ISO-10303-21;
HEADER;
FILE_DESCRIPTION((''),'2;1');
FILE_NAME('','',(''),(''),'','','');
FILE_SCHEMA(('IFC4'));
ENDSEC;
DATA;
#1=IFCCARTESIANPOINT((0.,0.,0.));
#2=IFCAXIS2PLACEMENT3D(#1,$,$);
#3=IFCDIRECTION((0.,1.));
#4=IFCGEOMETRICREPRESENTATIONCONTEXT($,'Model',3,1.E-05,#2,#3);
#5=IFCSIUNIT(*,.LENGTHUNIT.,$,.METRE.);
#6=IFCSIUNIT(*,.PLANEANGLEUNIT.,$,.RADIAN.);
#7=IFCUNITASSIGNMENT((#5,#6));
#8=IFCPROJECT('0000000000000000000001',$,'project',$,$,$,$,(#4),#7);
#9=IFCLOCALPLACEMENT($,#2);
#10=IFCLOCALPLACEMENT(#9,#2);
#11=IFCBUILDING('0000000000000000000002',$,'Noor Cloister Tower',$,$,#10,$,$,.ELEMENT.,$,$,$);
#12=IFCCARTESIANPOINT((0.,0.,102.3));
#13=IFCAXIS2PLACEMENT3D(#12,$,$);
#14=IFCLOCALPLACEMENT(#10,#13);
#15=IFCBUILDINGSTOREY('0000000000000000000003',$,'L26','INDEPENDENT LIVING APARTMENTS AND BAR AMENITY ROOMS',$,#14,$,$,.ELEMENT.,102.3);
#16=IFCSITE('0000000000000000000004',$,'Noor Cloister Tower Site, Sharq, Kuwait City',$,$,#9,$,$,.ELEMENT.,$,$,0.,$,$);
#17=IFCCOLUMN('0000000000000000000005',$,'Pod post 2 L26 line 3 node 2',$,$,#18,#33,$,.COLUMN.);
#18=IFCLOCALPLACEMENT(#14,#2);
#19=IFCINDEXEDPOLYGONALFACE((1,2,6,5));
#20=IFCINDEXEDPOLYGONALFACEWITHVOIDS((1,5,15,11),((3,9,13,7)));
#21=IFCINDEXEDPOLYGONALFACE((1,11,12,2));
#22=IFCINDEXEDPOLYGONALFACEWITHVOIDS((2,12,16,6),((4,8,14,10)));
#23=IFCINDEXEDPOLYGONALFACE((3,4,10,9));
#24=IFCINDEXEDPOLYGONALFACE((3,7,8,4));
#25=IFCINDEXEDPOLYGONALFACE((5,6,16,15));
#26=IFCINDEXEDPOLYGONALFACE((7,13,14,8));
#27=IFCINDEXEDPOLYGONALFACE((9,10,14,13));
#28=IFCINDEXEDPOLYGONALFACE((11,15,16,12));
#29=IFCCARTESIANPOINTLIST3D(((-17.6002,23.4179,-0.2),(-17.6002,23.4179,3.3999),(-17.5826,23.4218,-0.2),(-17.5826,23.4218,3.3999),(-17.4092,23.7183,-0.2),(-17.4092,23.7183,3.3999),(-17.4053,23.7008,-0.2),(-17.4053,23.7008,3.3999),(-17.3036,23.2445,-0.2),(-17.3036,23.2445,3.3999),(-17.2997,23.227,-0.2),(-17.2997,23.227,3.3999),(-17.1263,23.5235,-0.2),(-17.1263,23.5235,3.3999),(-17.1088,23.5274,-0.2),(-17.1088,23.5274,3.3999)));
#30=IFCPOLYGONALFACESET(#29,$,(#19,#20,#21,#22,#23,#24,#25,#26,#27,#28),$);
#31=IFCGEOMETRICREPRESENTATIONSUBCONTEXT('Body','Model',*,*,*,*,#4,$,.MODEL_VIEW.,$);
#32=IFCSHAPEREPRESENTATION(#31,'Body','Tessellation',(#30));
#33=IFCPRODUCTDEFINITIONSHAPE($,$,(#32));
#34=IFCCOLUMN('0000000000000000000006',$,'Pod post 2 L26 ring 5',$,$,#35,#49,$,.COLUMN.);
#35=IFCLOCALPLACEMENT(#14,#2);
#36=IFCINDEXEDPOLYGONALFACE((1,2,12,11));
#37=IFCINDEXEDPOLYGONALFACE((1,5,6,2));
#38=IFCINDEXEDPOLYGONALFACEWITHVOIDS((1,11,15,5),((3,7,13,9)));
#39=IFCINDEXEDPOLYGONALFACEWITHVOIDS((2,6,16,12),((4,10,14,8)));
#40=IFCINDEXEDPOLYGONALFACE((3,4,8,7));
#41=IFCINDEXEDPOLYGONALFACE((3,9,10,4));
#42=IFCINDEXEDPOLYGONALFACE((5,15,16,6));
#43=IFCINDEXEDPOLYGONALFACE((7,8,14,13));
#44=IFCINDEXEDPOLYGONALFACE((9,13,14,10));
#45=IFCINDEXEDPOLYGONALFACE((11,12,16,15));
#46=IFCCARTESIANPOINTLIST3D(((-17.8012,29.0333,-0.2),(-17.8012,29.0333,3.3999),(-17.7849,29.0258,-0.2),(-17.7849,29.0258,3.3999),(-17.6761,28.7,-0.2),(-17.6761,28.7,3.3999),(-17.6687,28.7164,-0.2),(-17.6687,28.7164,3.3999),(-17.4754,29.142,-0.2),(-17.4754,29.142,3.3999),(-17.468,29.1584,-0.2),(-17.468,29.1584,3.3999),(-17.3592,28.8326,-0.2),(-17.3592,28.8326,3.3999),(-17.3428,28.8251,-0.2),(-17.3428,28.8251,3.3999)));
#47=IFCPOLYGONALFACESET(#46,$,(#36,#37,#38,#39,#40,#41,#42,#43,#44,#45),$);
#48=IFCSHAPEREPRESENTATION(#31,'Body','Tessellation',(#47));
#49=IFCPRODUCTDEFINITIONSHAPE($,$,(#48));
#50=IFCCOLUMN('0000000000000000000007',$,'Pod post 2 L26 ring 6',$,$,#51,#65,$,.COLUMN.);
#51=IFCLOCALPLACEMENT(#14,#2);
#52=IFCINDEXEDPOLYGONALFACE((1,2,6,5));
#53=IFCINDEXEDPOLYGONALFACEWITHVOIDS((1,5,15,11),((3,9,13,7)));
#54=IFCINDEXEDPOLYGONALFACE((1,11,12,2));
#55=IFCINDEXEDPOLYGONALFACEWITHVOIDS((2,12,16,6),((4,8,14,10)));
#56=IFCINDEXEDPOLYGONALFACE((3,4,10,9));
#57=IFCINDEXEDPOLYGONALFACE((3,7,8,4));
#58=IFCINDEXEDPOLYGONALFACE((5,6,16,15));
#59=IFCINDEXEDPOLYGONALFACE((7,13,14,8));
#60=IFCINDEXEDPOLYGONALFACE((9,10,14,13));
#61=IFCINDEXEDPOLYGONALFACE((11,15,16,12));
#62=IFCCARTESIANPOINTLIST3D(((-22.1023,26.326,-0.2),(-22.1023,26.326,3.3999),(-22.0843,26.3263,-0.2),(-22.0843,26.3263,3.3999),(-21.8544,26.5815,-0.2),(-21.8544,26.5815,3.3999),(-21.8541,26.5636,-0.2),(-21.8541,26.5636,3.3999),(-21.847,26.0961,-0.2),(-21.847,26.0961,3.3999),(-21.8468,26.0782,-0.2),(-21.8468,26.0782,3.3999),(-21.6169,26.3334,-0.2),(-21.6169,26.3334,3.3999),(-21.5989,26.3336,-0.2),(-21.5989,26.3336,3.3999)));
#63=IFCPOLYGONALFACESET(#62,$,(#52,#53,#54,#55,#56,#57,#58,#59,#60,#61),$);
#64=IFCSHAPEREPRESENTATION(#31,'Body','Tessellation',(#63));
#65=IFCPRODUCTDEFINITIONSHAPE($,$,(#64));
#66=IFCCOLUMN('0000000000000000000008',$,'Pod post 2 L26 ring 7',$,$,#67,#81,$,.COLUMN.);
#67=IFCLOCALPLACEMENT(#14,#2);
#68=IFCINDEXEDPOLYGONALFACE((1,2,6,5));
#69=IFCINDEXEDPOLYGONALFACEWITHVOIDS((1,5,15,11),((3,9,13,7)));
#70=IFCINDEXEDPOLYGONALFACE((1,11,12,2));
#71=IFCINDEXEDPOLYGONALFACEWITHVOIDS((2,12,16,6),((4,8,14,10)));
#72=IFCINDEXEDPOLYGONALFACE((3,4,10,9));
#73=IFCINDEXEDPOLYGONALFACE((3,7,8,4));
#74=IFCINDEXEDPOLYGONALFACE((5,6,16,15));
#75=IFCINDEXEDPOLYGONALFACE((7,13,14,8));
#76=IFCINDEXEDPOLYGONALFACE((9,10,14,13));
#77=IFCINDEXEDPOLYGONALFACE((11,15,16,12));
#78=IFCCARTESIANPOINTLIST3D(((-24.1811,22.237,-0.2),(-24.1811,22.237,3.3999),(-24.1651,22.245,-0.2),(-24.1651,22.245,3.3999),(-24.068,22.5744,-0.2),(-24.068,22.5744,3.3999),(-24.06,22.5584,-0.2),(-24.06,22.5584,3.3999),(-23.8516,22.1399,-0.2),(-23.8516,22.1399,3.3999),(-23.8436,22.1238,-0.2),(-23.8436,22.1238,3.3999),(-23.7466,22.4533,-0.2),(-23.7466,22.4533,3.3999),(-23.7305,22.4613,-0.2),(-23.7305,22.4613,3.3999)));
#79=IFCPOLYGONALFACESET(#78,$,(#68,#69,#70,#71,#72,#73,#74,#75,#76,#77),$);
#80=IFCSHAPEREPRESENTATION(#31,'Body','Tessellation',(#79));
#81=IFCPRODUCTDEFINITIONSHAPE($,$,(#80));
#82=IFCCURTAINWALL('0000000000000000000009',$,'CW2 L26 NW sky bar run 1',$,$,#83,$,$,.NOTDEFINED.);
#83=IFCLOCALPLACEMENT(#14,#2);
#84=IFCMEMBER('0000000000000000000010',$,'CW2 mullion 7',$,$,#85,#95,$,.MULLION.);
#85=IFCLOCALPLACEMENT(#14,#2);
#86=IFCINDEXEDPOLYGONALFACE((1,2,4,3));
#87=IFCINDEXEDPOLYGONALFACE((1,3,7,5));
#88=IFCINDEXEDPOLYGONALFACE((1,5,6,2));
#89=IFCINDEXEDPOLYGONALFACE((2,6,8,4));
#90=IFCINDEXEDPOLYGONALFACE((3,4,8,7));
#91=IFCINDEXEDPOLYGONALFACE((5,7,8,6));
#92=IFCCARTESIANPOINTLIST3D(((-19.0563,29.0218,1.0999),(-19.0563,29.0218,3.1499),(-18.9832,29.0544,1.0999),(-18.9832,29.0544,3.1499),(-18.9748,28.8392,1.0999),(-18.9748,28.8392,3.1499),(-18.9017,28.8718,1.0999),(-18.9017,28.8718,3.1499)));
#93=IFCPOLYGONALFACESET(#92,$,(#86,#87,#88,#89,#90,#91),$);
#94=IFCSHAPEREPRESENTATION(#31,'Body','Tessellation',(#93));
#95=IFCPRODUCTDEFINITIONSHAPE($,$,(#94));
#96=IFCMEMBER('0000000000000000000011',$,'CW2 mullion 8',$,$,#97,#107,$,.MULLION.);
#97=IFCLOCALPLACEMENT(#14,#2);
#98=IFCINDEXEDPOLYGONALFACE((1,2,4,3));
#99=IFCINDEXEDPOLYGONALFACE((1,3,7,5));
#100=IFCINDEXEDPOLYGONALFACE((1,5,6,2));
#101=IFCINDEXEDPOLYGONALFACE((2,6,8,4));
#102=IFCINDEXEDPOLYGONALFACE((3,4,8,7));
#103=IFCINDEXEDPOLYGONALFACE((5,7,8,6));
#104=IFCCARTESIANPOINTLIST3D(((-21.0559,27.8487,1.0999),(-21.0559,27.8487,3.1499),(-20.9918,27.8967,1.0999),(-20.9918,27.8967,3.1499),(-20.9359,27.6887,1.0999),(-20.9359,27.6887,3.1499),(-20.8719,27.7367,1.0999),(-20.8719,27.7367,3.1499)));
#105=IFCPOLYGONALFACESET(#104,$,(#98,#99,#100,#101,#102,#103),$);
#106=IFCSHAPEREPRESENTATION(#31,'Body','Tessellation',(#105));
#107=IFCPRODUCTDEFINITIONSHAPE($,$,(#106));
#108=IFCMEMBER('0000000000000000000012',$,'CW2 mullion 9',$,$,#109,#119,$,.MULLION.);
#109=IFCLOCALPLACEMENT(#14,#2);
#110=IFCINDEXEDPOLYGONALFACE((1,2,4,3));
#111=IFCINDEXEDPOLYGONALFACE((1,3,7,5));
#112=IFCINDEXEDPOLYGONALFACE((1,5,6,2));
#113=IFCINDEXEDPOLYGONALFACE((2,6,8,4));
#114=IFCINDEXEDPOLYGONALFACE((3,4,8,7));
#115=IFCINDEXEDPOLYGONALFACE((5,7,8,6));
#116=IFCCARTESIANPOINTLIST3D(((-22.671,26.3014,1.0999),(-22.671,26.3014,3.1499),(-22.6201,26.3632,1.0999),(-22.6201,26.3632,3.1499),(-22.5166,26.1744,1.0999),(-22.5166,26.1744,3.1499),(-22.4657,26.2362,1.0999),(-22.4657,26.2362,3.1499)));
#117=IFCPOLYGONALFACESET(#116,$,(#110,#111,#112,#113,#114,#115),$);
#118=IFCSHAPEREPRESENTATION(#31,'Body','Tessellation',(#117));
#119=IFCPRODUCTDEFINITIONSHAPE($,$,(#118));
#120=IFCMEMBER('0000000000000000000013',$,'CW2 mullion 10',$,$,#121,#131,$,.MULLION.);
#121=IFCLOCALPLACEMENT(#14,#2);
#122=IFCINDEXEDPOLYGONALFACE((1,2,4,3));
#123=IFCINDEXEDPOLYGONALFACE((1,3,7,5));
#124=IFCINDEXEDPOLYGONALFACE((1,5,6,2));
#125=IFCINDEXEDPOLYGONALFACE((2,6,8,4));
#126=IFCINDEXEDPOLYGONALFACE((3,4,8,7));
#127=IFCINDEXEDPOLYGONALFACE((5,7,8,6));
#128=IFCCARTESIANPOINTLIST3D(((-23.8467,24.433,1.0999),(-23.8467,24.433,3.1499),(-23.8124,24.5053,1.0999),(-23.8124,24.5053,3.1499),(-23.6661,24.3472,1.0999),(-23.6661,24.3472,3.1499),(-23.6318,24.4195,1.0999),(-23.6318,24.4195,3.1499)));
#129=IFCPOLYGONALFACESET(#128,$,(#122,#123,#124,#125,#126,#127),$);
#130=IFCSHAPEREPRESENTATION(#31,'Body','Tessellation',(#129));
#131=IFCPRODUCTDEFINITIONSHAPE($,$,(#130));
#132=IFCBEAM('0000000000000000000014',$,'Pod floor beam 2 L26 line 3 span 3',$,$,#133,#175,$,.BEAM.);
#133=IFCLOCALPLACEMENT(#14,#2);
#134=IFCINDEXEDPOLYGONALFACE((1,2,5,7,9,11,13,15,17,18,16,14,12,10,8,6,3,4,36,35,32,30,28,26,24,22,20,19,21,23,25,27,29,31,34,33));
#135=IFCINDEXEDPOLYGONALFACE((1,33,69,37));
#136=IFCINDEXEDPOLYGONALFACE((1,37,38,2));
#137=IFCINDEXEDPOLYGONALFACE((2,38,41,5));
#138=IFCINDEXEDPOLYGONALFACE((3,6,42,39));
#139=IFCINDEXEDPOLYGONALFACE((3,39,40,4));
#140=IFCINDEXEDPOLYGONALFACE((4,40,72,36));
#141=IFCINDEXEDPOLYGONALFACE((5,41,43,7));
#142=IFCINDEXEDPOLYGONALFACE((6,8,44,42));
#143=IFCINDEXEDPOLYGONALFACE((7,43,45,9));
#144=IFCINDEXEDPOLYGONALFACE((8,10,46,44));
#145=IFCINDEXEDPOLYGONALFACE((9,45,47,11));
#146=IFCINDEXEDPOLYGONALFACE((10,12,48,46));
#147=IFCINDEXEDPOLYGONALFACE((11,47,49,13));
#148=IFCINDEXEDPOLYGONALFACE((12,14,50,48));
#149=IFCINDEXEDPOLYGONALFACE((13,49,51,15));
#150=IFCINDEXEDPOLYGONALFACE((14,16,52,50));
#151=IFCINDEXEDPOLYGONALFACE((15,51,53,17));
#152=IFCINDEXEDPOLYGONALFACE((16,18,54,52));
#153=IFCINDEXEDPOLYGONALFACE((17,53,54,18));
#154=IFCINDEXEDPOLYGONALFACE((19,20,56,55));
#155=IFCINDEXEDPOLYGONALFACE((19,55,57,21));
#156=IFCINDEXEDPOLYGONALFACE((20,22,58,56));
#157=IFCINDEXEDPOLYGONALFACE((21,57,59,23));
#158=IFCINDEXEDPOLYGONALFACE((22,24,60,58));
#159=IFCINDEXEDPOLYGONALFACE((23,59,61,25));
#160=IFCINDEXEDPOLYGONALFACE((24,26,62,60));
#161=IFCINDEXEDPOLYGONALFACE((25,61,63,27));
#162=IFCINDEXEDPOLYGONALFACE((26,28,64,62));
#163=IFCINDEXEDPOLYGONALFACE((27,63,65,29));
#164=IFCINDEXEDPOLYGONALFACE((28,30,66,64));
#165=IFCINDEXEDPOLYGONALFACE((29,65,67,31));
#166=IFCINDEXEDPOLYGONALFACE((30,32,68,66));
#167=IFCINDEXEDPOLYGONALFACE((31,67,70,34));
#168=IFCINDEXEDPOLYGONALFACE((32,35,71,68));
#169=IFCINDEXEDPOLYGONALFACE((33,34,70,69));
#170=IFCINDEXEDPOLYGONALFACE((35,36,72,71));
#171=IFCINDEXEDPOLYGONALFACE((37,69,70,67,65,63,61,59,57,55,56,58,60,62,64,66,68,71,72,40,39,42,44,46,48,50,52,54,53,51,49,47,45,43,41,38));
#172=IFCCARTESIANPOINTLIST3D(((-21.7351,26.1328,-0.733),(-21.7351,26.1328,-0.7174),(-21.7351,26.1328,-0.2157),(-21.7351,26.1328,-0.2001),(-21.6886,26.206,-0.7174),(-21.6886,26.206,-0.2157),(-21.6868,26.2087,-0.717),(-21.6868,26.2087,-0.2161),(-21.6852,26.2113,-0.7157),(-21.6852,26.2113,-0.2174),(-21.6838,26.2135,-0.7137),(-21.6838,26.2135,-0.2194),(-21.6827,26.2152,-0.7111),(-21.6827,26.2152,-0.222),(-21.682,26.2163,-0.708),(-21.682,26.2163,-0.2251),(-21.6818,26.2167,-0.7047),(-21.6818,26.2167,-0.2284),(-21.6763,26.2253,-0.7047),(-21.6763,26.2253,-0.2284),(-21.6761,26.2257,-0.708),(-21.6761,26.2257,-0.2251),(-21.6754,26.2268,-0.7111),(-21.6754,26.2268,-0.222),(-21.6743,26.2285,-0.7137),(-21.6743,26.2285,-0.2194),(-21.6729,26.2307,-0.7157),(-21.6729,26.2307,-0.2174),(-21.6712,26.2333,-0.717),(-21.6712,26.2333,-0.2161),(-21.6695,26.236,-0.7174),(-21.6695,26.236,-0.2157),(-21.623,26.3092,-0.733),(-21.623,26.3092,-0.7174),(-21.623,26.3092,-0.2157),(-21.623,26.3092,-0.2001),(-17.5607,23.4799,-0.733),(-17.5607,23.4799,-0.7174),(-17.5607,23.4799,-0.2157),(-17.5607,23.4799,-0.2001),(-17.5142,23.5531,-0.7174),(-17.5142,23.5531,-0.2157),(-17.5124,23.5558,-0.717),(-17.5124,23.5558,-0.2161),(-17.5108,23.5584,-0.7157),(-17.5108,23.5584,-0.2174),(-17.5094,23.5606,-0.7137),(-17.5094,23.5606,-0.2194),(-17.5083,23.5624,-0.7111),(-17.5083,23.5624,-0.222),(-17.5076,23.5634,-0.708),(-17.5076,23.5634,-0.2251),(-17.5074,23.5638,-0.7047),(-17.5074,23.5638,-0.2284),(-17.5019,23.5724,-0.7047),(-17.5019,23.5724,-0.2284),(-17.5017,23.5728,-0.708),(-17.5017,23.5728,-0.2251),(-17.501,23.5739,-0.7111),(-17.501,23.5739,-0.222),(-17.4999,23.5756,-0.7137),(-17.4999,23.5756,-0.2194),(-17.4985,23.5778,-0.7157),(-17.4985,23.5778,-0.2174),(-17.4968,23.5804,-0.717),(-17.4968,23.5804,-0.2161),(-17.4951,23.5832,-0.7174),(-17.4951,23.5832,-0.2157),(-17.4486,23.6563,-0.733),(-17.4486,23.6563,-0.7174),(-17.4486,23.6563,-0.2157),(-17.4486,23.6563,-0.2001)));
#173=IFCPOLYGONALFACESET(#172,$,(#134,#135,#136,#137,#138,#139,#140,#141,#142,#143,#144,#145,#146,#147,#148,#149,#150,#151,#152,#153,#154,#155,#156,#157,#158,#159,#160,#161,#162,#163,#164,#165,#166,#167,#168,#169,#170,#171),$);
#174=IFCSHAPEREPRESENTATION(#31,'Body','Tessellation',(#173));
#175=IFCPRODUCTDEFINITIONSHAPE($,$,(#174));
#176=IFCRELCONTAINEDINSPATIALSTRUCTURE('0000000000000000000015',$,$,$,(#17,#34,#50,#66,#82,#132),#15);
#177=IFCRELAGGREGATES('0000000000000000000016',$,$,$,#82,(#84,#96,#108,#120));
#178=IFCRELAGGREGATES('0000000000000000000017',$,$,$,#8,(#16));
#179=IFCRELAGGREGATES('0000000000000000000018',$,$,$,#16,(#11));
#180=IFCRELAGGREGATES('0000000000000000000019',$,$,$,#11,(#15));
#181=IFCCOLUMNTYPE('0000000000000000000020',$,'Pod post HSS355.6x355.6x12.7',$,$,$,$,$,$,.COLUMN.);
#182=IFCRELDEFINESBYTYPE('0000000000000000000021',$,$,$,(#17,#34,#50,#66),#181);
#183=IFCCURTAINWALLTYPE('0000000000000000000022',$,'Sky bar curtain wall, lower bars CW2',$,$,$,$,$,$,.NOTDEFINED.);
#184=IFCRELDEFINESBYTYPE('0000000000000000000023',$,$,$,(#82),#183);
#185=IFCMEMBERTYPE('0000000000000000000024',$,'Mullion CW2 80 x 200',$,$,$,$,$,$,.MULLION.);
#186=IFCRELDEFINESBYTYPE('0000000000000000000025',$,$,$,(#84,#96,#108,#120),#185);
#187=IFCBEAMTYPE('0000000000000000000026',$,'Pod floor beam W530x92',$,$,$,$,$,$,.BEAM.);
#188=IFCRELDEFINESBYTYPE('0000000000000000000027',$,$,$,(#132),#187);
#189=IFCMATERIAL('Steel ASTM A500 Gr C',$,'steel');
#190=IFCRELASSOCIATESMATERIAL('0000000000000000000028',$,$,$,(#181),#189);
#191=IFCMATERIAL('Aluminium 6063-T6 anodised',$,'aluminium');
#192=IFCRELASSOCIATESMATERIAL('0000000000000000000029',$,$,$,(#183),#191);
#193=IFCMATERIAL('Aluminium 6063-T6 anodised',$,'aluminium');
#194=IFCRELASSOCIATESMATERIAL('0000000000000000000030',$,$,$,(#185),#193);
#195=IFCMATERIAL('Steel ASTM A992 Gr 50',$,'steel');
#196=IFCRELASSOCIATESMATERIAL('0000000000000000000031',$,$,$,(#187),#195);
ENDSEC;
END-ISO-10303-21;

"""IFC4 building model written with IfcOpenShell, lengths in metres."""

from ifc_helpers import new_model, si_unit, direction, frame, origin, origin_2d, place, context, subcontext, project, spatial, rectangle, hollow_rectangle, i_section, extrude, material, material_profile, profile_set, type_object, element, aggregate, save


model = new_model("IFC4")

# Units and contexts
model_context = context("Model", 3, precision=1e-05, world=origin(), true_north=direction((0.0, 1.0)))
body_context = subcontext(model_context, "Body", "Model", "MODEL_VIEW")
ifc_project = project(units=[si_unit("LENGTHUNIT", "METRE"), si_unit("PLANEANGLEUNIT", "RADIAN")], contexts=[model_context])

# Site, building, storey
site_placement = place(None, origin())
site = spatial("IfcSite", under=ifc_project, at=site_placement, Name="Noor Cloister Tower Site, Sharq, Kuwait City", CompositionType="ELEMENT", RefElevation=0.0)
building_placement = place(site_placement, origin())
building = spatial("IfcBuilding", under=site, at=building_placement, Name="Noor Cloister Tower", CompositionType="ELEMENT")
storey_placement = place(building_placement, frame((0.0, 0.0, 102.3)))
storey = spatial("IfcBuildingStorey", under=building, at=storey_placement, Name="L26", Description="INDEPENDENT LIVING APARTMENTS AND BAR AMENITY ROOMS", CompositionType="ELEMENT", Elevation=102.3)

# Columns
ifc_material_1 = material(Name="Steel ASTM A500 Gr C", Category="steel")
ifc_material_profile_1 = material_profile(ifc_material_1, hollow_rectangle(XDim=0.356, YDim=0.356, WallThickness=0.0127, at=origin_2d()), Name="HSS355.6x355.6x12.7")
ifc_profile_set_1 = profile_set([ifc_material_profile_1], Name="Steel ASTM A500 Gr C")
column_type = type_object("IfcColumnType", Name="Pod post HSS355.6x355.6x12.7", PredefinedType="COLUMN", material=ifc_profile_set_1)
for number, where, z_axis, x_axis, name in (
    (1, (-17.3545, 23.4727, -0.2), (0.0, 0.0, 1.0), (-0.843996, 0.53635, 0.0), "Pod post 2 L26 line 3 node 2"),
    (2, (-17.572, 28.9292, -0.2), (0.0, 0.0, 1.0), (-0.936173, -0.351541, 0.0), "Pod post 2 L26 ring 5"),
    (3, (-21.8506, 26.3298, -0.2), (0.0, 0.0, 1.0), (-0.696323, -0.717728, 0.0), "Pod post 2 L26 ring 6"),
    (4, (-23.9558, 22.3491, -0.2), (0.0, 0.0, 1.0), (-0.317909, -0.948121, 0.0), "Pod post 2 L26 ring 7"),
):
    element("IfcColumn", number, at=place(storey_placement, frame(where, z_axis=z_axis, x_axis=x_axis)), inside=storey, type_object=column_type, Name=name, PredefinedType="COLUMN", context=body_context, shape_type="SweptSolid", body=[
        extrude(hollow_rectangle(XDim=0.356, YDim=0.356, WallThickness=0.0127, at=origin_2d()), origin(), (0.0, 0.0, 1.0), 3.5999),
    ])

# Curtain wall, members
ifc_material_2 = material(Name="Aluminium 6063-T6 anodised", Category="aluminium")
curtain_wall_type = type_object("IfcCurtainWallType", Name="Sky bar curtain wall, lower bars CW2", PredefinedType="NOTDEFINED", material=ifc_material_2)
curtain_wall_placement = place(storey_placement, origin())
curtain_wall = element("IfcCurtainWall", 5, at=curtain_wall_placement, inside=storey, type_object=curtain_wall_type, Name="CW2 L26 NW sky bar run 1", PredefinedType="NOTDEFINED")
ifc_material_3 = material(Name="Aluminium 6063-T6 anodised", Category="aluminium")
ifc_material_profile_2 = material_profile(ifc_material_3, rectangle(XDim=0.2, YDim=0.0801, at=origin_2d()), Name="200 x 80 mullion")
ifc_profile_set_2 = profile_set([ifc_material_profile_2], Name="Aluminium 6063-T6 anodised")
member_type = type_object("IfcMemberType", Name="Mullion CW2 80 x 200", PredefinedType="MULLION", material=ifc_profile_set_2)
member_1_placement = place(storey_placement, frame((-18.979, 28.9468, 1.0999), z_axis=(0.0, 0.0, 1.0), x_axis=(0.407604, -0.913159, 0.0)))
member_1 = element("IfcMember", 6, at=member_1_placement, type_object=member_type, Name="CW2 mullion 7", PredefinedType="MULLION", context=body_context, shape_type="SweptSolid", body=[
    extrude(rectangle(XDim=0.2, YDim=0.0801, at=origin_2d()), origin(), (0.0, 0.0, 1.0), 2.05),
])
member_2_placement = place(storey_placement, frame((-20.9639, 27.7927, 1.0999), z_axis=(0.0, 0.0, 1.0), x_axis=(0.599729, -0.800203, 0.0)))
member_2 = element("IfcMember", 7, at=member_2_placement, type_object=member_type, Name="CW2 mullion 8", PredefinedType="MULLION", context=body_context, shape_type="SweptSolid", body=[
    extrude(rectangle(XDim=0.2, YDim=0.0801, at=origin_2d()), origin(), (0.0, 0.0, 1.0), 2.05),
])
member_3_placement = place(storey_placement, frame((-22.5684, 26.2688, 1.0999), z_axis=(0.0, 0.0, 1.0), x_axis=(0.772133, -0.635461, 0.0)))
member_3 = element("IfcMember", 8, at=member_3_placement, type_object=member_type, Name="CW2 mullion 9", PredefinedType="MULLION", context=body_context, shape_type="SweptSolid", body=[
    extrude(rectangle(XDim=0.2, YDim=0.0801, at=origin_2d()), origin(), (0.0, 0.0, 1.0), 2.05),
])
member_4_placement = place(storey_placement, frame((-23.7393, 24.4263, 1.0999), z_axis=(0.0, 0.0, 1.0), x_axis=(0.903209, -0.429201, 0.0)))
member_4 = element("IfcMember", 9, at=member_4_placement, type_object=member_type, Name="CW2 mullion 10", PredefinedType="MULLION", context=body_context, shape_type="SweptSolid", body=[
    extrude(rectangle(XDim=0.2, YDim=0.0801, at=origin_2d()), origin(), (0.0, 0.0, 1.0), 2.05),
])

# Beam
ifc_material_4 = material(Name="Steel ASTM A992 Gr 50", Category="steel")
ifc_material_profile_3 = material_profile(ifc_material_4, i_section(OverallWidth=0.209, OverallDepth=0.533, WebThickness=0.0103, FlangeThickness=0.0156, FilletRadius=0.0127, at=origin_2d()), Name="W530x92")
ifc_profile_set_3 = profile_set([ifc_material_profile_3], Name="Steel ASTM A992 Gr 50")
beam_type = type_object("IfcBeamType", Name="Pod floor beam W530x92", PredefinedType="BEAM", material=ifc_profile_set_3)
beam_1_placement = place(storey_placement, frame((-17.5046, 23.5681, -0.4666), z_axis=(-0.843987, 0.536364, 0.0), x_axis=(-0.536364, -0.843987, 0.0)))
element("IfcBeam", 10, at=beam_1_placement, inside=storey, type_object=beam_type, Name="Pod floor beam 2 L26 line 3 span 3", PredefinedType="BEAM", context=body_context, shape_type="SweptSolid", body=[
    extrude(i_section(OverallWidth=0.209, OverallDepth=0.533, WebThickness=0.0103, FlangeThickness=0.0156, FilletRadius=0.0127, at=origin_2d()), origin(), (0.0, 0.0, 1.0), 4.946),
])

aggregate(curtain_wall, [member_1, member_2, member_3, member_4])

save(model, "model.ifc")
